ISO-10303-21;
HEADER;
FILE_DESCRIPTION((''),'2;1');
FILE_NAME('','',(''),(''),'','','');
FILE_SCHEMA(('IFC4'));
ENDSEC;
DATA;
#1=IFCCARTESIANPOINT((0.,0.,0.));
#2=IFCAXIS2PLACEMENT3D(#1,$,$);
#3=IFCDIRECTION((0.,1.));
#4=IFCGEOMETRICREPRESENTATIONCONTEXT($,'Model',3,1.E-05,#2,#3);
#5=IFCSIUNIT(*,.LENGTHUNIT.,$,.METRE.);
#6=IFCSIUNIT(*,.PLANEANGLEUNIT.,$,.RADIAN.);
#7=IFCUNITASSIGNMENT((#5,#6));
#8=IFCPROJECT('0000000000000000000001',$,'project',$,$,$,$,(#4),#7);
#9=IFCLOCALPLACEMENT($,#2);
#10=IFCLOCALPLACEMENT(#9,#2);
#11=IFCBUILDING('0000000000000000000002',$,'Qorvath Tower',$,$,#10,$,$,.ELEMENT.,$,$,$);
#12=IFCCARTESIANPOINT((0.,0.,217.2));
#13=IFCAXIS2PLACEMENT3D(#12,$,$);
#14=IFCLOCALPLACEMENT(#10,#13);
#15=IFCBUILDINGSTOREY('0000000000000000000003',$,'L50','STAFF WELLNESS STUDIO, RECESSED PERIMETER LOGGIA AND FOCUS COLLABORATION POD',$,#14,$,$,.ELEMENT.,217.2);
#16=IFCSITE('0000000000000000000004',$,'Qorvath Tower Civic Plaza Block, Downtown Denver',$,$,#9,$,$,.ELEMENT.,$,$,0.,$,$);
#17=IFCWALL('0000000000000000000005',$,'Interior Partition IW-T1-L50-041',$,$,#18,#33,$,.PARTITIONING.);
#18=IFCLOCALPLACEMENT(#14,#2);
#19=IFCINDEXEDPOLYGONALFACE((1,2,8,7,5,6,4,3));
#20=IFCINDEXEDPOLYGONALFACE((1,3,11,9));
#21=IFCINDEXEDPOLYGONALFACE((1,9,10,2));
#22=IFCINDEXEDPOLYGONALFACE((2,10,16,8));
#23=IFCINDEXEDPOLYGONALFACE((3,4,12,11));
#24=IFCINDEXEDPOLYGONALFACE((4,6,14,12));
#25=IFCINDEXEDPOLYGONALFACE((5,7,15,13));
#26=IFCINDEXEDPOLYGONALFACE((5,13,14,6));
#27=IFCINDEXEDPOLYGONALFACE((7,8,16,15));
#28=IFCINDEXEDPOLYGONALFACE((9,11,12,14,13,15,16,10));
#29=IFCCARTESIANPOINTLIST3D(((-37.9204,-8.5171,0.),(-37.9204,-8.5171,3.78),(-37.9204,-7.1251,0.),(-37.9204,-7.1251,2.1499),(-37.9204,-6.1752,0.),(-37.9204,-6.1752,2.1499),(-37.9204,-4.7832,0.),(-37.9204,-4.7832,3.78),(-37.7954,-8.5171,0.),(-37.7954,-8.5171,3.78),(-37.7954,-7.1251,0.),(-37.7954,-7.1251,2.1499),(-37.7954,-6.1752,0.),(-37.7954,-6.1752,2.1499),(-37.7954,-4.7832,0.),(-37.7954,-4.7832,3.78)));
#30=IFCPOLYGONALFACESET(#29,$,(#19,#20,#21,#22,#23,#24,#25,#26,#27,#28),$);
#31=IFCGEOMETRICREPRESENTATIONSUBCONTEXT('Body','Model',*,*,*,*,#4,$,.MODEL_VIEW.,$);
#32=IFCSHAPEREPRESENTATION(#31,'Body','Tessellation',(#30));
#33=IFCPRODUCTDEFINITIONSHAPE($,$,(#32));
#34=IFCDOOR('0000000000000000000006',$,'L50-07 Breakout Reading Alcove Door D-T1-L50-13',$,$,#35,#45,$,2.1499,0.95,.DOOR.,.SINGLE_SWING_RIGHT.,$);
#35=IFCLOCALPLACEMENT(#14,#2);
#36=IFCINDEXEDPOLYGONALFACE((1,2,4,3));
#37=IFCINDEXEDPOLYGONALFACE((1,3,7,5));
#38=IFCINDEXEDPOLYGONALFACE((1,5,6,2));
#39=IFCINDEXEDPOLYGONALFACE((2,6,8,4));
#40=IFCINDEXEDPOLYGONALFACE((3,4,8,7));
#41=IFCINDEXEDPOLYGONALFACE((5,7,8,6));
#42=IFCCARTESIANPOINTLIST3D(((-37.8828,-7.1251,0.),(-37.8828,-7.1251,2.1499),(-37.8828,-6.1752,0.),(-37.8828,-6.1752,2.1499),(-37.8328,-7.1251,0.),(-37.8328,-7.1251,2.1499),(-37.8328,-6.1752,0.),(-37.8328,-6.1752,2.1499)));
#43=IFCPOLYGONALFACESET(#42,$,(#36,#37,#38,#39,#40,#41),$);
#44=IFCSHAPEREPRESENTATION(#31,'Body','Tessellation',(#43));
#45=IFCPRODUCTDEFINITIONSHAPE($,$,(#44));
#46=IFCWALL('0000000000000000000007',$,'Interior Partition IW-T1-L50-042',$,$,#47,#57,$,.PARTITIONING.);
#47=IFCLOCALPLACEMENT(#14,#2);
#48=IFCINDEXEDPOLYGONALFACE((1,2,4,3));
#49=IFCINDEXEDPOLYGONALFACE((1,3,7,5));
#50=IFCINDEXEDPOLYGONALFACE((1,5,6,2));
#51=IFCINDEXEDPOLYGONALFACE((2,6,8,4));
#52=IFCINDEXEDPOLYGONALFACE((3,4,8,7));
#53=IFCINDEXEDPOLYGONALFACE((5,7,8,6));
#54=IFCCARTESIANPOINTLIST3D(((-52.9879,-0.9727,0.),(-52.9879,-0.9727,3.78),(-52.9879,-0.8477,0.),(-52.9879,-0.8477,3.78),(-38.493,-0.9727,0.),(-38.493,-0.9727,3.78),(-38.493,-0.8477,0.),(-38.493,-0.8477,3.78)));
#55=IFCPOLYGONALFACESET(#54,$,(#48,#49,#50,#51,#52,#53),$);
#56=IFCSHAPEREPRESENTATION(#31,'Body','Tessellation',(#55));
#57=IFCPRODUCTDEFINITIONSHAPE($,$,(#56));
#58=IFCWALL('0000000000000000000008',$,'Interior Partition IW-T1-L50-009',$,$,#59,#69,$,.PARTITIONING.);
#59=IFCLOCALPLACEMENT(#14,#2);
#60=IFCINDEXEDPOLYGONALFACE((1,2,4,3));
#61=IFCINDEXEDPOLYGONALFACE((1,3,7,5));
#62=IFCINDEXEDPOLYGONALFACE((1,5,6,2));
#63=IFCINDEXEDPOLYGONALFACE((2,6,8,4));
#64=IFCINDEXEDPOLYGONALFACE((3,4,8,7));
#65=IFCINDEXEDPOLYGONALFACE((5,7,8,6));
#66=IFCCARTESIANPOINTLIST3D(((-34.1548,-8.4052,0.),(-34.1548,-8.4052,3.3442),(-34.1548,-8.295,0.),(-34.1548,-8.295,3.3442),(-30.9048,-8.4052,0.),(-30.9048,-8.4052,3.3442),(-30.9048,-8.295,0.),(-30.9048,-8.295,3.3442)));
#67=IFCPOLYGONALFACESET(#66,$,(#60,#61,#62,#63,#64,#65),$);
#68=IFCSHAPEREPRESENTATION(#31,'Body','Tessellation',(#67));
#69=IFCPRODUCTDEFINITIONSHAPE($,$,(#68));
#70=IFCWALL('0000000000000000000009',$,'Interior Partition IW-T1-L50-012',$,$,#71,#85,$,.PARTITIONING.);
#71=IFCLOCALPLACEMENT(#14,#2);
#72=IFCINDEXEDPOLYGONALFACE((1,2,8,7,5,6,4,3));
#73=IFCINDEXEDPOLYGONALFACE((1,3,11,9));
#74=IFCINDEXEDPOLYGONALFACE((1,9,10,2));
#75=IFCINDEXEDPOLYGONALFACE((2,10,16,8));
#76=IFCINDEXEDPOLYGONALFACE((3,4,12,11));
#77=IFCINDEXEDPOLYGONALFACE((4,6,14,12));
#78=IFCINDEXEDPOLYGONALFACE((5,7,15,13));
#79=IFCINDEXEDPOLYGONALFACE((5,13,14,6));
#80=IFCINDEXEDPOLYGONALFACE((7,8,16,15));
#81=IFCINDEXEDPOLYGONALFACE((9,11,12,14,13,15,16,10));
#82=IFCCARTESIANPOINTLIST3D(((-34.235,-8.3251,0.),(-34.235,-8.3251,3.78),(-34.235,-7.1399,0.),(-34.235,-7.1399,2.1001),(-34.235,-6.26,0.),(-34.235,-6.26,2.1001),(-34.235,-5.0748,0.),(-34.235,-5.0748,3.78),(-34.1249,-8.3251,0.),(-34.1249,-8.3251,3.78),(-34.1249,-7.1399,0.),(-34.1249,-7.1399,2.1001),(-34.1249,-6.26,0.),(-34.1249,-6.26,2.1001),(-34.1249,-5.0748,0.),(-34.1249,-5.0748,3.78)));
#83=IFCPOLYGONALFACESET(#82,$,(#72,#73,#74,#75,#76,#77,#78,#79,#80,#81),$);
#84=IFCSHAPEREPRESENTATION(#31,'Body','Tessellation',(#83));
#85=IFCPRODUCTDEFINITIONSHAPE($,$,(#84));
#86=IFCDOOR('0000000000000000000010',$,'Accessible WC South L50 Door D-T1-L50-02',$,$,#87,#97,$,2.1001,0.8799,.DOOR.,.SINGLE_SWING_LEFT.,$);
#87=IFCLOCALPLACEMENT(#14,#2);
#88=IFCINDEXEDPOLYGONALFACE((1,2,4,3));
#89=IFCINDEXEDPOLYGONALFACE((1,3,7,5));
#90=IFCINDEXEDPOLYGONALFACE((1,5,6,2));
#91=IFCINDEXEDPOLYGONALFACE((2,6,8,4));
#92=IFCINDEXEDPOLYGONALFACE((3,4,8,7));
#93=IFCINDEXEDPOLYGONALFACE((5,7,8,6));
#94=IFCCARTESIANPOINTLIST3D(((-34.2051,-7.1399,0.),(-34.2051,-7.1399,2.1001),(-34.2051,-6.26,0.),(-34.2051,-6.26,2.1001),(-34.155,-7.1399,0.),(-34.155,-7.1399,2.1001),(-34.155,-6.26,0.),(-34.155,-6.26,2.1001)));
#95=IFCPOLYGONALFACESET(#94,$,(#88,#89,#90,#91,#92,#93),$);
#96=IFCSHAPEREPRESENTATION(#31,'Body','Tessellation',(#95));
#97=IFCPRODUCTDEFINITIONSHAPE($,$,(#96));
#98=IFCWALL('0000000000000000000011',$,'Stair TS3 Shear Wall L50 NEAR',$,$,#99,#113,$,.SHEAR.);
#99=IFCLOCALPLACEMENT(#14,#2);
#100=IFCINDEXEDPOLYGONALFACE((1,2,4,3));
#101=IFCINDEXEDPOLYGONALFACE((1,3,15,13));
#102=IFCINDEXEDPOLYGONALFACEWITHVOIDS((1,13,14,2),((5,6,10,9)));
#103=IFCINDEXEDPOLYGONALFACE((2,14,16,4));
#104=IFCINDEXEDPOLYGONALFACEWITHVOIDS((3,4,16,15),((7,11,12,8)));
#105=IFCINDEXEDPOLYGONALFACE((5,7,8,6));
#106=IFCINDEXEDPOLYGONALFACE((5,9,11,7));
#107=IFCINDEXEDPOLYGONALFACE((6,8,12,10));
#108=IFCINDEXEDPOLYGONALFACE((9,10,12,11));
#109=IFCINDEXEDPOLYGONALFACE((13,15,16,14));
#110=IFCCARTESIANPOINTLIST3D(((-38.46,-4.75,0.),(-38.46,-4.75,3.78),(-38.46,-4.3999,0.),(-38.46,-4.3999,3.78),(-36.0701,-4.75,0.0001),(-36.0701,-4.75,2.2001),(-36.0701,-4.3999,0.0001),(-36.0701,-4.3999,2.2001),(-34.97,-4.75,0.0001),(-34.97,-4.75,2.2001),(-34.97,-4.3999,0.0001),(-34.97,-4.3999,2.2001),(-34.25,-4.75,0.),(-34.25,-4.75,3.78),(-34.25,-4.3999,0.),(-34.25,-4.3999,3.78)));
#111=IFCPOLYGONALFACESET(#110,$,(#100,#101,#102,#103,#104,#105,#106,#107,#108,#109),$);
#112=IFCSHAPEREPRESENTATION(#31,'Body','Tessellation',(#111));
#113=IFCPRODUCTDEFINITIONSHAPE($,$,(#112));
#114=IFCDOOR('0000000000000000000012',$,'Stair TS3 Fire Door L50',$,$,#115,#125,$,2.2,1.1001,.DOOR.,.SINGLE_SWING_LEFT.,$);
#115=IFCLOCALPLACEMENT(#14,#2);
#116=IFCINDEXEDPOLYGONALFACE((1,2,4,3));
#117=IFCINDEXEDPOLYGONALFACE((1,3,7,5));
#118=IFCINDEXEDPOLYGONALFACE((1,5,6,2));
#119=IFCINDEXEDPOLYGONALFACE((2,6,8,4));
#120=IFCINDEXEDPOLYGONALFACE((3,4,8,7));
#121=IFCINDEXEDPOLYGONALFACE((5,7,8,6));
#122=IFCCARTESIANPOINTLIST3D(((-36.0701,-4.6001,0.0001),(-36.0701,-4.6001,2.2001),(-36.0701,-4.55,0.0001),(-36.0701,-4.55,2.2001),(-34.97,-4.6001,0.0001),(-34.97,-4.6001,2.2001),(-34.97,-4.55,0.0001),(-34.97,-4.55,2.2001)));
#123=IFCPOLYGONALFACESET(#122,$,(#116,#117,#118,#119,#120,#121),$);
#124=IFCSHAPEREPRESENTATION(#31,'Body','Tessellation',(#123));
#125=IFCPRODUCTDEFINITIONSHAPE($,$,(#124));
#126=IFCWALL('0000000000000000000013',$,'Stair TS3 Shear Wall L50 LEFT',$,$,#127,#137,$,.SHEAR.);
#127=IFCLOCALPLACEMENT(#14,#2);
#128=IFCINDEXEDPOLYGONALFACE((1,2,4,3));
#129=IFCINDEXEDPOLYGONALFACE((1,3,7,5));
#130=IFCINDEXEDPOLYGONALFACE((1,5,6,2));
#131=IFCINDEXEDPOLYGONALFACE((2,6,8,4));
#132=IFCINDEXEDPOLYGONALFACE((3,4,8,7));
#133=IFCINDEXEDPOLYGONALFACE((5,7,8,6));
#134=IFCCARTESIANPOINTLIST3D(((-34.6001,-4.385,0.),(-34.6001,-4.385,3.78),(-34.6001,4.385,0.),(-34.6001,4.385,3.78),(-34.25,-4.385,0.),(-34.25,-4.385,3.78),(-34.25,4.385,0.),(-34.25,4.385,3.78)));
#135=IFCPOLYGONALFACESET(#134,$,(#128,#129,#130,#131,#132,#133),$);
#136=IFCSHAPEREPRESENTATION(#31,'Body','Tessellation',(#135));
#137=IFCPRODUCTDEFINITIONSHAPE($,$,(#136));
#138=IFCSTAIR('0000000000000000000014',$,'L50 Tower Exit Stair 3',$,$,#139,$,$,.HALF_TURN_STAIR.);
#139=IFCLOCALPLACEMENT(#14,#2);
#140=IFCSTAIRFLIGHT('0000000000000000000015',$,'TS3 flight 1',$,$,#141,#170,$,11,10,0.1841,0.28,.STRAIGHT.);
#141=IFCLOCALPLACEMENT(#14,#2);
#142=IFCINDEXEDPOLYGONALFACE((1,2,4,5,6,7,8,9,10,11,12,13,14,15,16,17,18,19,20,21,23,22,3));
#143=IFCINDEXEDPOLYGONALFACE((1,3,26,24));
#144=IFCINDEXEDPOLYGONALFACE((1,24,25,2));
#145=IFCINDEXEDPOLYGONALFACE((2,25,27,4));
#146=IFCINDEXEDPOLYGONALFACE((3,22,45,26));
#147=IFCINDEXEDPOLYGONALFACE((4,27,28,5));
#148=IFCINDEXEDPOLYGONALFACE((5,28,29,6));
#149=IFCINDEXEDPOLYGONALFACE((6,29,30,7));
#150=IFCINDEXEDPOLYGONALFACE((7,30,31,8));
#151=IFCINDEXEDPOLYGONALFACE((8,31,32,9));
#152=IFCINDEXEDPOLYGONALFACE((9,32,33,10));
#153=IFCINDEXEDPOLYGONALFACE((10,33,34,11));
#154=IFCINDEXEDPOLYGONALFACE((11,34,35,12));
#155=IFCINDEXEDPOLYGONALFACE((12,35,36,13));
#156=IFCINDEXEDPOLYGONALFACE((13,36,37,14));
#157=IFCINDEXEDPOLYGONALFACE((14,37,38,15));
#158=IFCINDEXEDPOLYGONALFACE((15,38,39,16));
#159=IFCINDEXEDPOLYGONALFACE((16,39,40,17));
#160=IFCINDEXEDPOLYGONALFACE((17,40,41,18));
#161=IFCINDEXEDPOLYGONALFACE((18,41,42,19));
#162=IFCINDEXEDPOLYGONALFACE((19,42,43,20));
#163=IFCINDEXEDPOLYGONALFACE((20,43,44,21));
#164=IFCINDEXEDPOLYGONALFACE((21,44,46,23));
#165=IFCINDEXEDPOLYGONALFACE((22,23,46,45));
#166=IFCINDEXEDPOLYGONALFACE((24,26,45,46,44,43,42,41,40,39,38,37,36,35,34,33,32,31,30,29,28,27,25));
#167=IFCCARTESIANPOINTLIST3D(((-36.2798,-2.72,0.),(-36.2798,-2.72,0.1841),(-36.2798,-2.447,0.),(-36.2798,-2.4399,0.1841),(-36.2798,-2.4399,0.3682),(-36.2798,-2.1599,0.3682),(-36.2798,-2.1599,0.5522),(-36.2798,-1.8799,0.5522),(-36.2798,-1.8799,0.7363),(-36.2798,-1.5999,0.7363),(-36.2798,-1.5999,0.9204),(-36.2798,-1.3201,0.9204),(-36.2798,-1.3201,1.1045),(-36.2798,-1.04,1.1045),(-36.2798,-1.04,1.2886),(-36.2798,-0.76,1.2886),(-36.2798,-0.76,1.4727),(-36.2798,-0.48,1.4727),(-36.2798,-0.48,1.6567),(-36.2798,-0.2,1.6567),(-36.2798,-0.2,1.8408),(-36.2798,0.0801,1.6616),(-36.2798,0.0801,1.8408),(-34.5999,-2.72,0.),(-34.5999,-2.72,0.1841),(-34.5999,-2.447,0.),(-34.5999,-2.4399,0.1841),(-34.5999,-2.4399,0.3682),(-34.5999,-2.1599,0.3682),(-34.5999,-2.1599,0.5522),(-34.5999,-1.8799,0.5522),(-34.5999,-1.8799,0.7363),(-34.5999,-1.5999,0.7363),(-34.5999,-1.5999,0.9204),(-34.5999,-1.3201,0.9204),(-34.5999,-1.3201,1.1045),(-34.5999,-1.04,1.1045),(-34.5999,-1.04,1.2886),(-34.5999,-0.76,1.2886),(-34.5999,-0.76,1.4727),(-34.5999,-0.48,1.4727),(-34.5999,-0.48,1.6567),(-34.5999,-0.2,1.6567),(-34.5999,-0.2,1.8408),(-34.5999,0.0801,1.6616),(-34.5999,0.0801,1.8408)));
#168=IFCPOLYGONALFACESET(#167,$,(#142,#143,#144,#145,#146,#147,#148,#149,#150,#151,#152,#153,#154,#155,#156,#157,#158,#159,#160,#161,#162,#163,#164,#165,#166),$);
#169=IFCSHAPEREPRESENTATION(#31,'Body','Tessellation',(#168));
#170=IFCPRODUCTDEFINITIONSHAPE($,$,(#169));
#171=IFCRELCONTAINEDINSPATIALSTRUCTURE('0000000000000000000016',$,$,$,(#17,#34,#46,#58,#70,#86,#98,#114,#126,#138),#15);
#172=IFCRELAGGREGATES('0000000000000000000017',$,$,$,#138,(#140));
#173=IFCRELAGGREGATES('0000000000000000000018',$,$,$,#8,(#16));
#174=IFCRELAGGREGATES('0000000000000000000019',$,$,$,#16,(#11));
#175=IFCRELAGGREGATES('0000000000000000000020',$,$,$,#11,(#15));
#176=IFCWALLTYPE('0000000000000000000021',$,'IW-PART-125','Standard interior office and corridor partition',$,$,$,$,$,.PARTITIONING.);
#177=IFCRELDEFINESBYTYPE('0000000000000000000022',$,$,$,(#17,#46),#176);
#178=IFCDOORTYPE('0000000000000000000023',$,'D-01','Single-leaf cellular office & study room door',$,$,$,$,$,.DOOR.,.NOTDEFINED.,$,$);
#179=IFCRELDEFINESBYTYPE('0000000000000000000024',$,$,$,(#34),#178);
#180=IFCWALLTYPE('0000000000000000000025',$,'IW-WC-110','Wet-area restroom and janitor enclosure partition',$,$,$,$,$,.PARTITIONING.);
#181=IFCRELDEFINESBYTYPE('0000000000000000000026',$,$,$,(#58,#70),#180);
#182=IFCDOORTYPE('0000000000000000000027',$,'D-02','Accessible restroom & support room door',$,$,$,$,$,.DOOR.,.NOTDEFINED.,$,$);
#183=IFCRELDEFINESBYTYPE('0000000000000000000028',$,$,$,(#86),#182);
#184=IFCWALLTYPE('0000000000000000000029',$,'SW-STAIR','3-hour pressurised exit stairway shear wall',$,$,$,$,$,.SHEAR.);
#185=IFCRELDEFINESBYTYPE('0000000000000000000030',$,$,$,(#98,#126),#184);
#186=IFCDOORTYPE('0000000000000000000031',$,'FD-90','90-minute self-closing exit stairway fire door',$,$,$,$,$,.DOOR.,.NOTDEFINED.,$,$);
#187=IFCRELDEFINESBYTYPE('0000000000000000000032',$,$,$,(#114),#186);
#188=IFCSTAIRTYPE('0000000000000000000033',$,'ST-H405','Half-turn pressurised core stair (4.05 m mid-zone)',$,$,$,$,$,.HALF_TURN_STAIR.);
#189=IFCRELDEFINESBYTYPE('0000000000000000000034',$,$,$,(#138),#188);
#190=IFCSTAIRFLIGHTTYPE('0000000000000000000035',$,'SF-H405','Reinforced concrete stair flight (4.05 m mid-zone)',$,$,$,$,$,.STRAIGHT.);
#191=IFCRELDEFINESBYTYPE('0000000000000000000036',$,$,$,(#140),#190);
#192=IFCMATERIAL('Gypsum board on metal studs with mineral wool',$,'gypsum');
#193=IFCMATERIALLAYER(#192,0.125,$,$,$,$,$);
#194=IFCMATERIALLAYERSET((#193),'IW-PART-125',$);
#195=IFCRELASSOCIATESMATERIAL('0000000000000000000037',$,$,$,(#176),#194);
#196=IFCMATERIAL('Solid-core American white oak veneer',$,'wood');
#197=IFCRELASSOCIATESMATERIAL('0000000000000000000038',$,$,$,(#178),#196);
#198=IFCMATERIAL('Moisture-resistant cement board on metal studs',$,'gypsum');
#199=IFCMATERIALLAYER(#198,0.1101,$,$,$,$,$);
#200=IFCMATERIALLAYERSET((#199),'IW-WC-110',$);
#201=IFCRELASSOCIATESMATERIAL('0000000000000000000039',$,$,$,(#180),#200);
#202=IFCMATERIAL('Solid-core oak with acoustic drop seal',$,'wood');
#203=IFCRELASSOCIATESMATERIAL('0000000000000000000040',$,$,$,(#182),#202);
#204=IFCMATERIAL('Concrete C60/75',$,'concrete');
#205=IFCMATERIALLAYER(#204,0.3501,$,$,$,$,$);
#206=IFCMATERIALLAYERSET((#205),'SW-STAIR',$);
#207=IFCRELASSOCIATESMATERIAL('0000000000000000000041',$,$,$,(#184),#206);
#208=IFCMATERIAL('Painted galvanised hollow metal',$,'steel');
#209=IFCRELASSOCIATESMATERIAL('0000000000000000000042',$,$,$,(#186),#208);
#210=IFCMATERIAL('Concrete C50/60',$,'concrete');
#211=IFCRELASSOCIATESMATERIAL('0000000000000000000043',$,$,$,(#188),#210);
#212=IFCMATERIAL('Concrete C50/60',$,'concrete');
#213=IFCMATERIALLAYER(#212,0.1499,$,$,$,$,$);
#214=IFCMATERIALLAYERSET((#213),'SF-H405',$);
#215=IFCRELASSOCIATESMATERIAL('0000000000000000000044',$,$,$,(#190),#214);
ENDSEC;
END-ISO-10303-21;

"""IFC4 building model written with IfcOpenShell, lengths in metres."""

from ifc_helpers import new_model, si_unit, direction, frame, frame_2d, origin, place, context, subcontext, project, spatial, polyline, rectangle, outline, extrude, material, layer, layer_set, type_object, element, fill, aggregate, save


model = new_model("IFC4")

# Units and contexts
model_context = context("Model", 3, precision=1e-05, world=origin(), true_north=direction((0.0, 1.0)))
body_context = subcontext(model_context, "Body", "Model", "MODEL_VIEW")
ifc_project = project(units=[si_unit("LENGTHUNIT", "METRE"), si_unit("PLANEANGLEUNIT", "RADIAN")], contexts=[model_context])

# Site, building, storey
site_placement = place(None, origin())
site = spatial("IfcSite", under=ifc_project, at=site_placement, Name="Qorvath Tower Civic Plaza Block, Downtown Denver", CompositionType="ELEMENT", RefElevation=0.0)
building_placement = place(site_placement, origin())
building = spatial("IfcBuilding", under=site, at=building_placement, Name="Qorvath Tower", CompositionType="ELEMENT")
storey_placement = place(building_placement, frame((0.0, 0.0, 217.2)))
storey = spatial("IfcBuildingStorey", under=building, at=storey_placement, Name="L50", Description="STAFF WELLNESS STUDIO, RECESSED PERIMETER LOGGIA AND FOCUS COLLABORATION POD", CompositionType="ELEMENT", Elevation=217.2)

# Wall, opening, door
ifc_material_1 = material(Name="Gypsum board on metal studs with mineral wool", Category="gypsum")
ifc_layer_1 = layer(ifc_material_1, 0.125)
ifc_layer_set_1 = layer_set([ifc_layer_1], Name="IW-PART-125")
wall_type_1 = type_object("IfcWallType", Name="IW-PART-125", Description="Standard interior office and corridor partition", PredefinedType="PARTITIONING", material=ifc_layer_set_1)
wall_1_placement = place(storey_placement, frame((-37.8579, -8.5171, 0.0), z_axis=(0.0, 0.0, 1.0), x_axis=(0.0, 1.0, 0.0)))
wall_1 = element("IfcWall", 1, at=wall_1_placement, inside=storey, type_object=wall_type_1, Name="Interior Partition IW-T1-L50-041", PredefinedType="PARTITIONING", context=body_context, shape_type="SweptSolid", body=[
    extrude(rectangle(XDim=3.7339, YDim=0.125, at=frame_2d((1.8669, 0.0))), origin(), (0.0, 0.0, 1.0), 3.78),
])
opening_1_placement = place(wall_1_placement, frame((1.3918, 0.0, 0.0)))
opening_1 = element("IfcOpeningElement", 2, at=opening_1_placement, cuts=wall_1, PredefinedType="OPENING", context=body_context, shape_type="SweptSolid", body=[
    extrude(rectangle(XDim=0.95, YDim=2.1499, at=frame_2d((0.4751, 1.075))), frame((0.0, 0.0725, 0.0), z_axis=(0.0, -1.0, 0.0), x_axis=(1.0, 0.0, 0.0)), (0.0, 0.0, 1.0), 0.145),
])
ifc_material_2 = material(Name="Solid-core American white oak veneer", Category="wood")
door_type_1 = type_object("IfcDoorType", Name="D-01", Description="Single-leaf cellular office & study room door", OperationType="NOTDEFINED", PredefinedType="DOOR", material=ifc_material_2)
door_1_placement = place(opening_1_placement, origin())
door_1 = element("IfcDoor", 3, at=door_1_placement, inside=storey, type_object=door_type_1, Name="L50-07 Breakout Reading Alcove Door D-T1-L50-13", OperationType="SINGLE_SWING_RIGHT", OverallHeight=2.1499, OverallWidth=0.95, PredefinedType="DOOR", context=body_context, shape_type="SweptSolid", body=[
    extrude(rectangle(XDim=0.95, YDim=2.1499, at=frame_2d((0.4751, 1.075))), frame((0.0, 0.0249, 0.0), z_axis=(0.0, -1.0, 0.0), x_axis=(1.0, 0.0, 0.0)), (0.0, 0.0, 1.0), 0.05),
])
fill(opening_1, door_1)

# Walls
wall_2_placement = place(storey_placement, frame((-38.4929, -0.9102, 0.0), z_axis=(0.0, 0.0, 1.0), x_axis=(-1.0, 0.0, 0.0)))
element("IfcWall", 4, at=wall_2_placement, inside=storey, type_object=wall_type_1, Name="Interior Partition IW-T1-L50-042", PredefinedType="PARTITIONING", context=body_context, shape_type="SweptSolid", body=[
    extrude(rectangle(XDim=14.4949, YDim=0.125, at=frame_2d((7.2476, 0.0))), origin(), (0.0, 0.0, 1.0), 3.78),
])
ifc_material_3 = material(Name="Moisture-resistant cement board on metal studs", Category="gypsum")
ifc_layer_2 = layer(ifc_material_3, 0.1101)
ifc_layer_set_2 = layer_set([ifc_layer_2], Name="IW-WC-110")
wall_type_2 = type_object("IfcWallType", Name="IW-WC-110", Description="Wet-area restroom and janitor enclosure partition", PredefinedType="PARTITIONING", material=ifc_layer_set_2)
wall_3_placement = place(storey_placement, frame((-34.1548, -8.3501, 0.0), z_axis=(0.0, 0.0, 1.0), x_axis=(1.0, 0.0, 0.0)))
element("IfcWall", 5, at=wall_3_placement, inside=storey, type_object=wall_type_2, Name="Interior Partition IW-T1-L50-009", PredefinedType="PARTITIONING", context=body_context, shape_type="SweptSolid", body=[
    extrude(rectangle(XDim=3.25, YDim=0.1101, at=frame_2d((1.625, 0.0))), origin(), (0.0, 0.0, 1.0), 3.3442),
])

# Walls, openings, doors
wall_4_placement = place(storey_placement, frame((-34.1799, -5.075, 0.0), z_axis=(0.0, 0.0, 1.0), x_axis=(0.0, -1.0, 0.0)))
wall_4 = element("IfcWall", 6, at=wall_4_placement, inside=storey, type_object=wall_type_2, Name="Interior Partition IW-T1-L50-012", PredefinedType="PARTITIONING", context=body_context, shape_type="SweptSolid", body=[
    extrude(rectangle(XDim=3.2502, YDim=0.1101, at=frame_2d((1.625, 0.0))), origin(), (0.0, 0.0, 1.0), 3.78),
])
opening_2_placement = place(wall_4_placement, frame((1.1851, 0.0, 0.0)))
opening_2 = element("IfcOpeningElement", 7, at=opening_2_placement, cuts=wall_4, PredefinedType="OPENING", context=body_context, shape_type="SweptSolid", body=[
    extrude(rectangle(XDim=0.8799, YDim=2.1001, at=frame_2d((0.4399, 1.05))), frame((0.0, 0.0649, 0.0), z_axis=(0.0, -1.0, 0.0), x_axis=(1.0, 0.0, 0.0)), (0.0, 0.0, 1.0), 0.1301),
])
ifc_material_4 = material(Name="Solid-core oak with acoustic drop seal", Category="wood")
door_type_2 = type_object("IfcDoorType", Name="D-02", Description="Accessible restroom & support room door", OperationType="NOTDEFINED", PredefinedType="DOOR", material=ifc_material_4)
door_2_placement = place(opening_2_placement, origin())
door_2 = element("IfcDoor", 8, at=door_2_placement, inside=storey, type_object=door_type_2, Name="Accessible WC South L50 Door D-T1-L50-02", OperationType="SINGLE_SWING_LEFT", OverallHeight=2.1001, OverallWidth=0.8799, PredefinedType="DOOR", context=body_context, shape_type="SweptSolid", body=[
    extrude(rectangle(XDim=0.8799, YDim=2.1001, at=frame_2d((0.4399, 1.05))), frame((0.0, 0.0249, 0.0), z_axis=(0.0, -1.0, 0.0), x_axis=(1.0, 0.0, 0.0)), (0.0, 0.0, 1.0), 0.05),
])
fill(opening_2, door_2)
ifc_material_5 = material(Name="Concrete C60/75", Category="concrete")
ifc_layer_3 = layer(ifc_material_5, 0.3501)
ifc_layer_set_3 = layer_set([ifc_layer_3], Name="SW-STAIR")
wall_type_3 = type_object("IfcWallType", Name="SW-STAIR", Description="3-hour pressurised exit stairway shear wall", PredefinedType="SHEAR", material=ifc_layer_set_3)
wall_5_placement = place(storey_placement, frame((-38.46, -4.575, 0.0), z_axis=(0.0, 0.0, 1.0), x_axis=(1.0, 0.0, 0.0)))
wall_5 = element("IfcWall", 9, at=wall_5_placement, inside=storey, type_object=wall_type_3, Name="Stair TS3 Shear Wall L50 NEAR", PredefinedType="SHEAR", context=body_context, shape_type="SweptSolid", body=[
    extrude(rectangle(XDim=4.21, YDim=0.3501, at=frame_2d((2.105, 0.0))), origin(), (0.0, 0.0, 1.0), 3.78),
])
opening_3_placement = place(wall_5_placement, frame((2.3899, 0.0, 0.0)))
opening_3 = element("IfcOpeningElement", 10, at=opening_3_placement, cuts=wall_5, PredefinedType="OPENING", context=body_context, shape_type="SweptSolid", body=[
    extrude(rectangle(XDim=1.1001, YDim=2.2, at=frame_2d((0.55, 1.1001))), frame((0.0, 0.1851, 0.0), z_axis=(0.0, -1.0, 0.0), x_axis=(1.0, 0.0, 0.0)), (0.0, 0.0, 1.0), 0.3701),
])
ifc_material_6 = material(Name="Painted galvanised hollow metal", Category="steel")
door_type_3 = type_object("IfcDoorType", Name="FD-90", Description="90-minute self-closing exit stairway fire door", OperationType="NOTDEFINED", PredefinedType="DOOR", material=ifc_material_6)
door_3_placement = place(opening_3_placement, origin())
door_3 = element("IfcDoor", 11, at=door_3_placement, inside=storey, type_object=door_type_3, Name="Stair TS3 Fire Door L50", OperationType="SINGLE_SWING_LEFT", OverallHeight=2.2, OverallWidth=1.1001, PredefinedType="DOOR", context=body_context, shape_type="SweptSolid", body=[
    extrude(rectangle(XDim=1.1001, YDim=2.2, at=frame_2d((0.55, 1.1001))), frame((0.0, 0.0249, 0.0), z_axis=(0.0, -1.0, 0.0), x_axis=(1.0, 0.0, 0.0)), (0.0, 0.0, 1.0), 0.05),
])
fill(opening_3, door_3)

# Wall
wall_6_placement = place(storey_placement, frame((-34.425, -4.385, 0.0), z_axis=(0.0, 0.0, 1.0), x_axis=(0.0, 1.0, 0.0)))
element("IfcWall", 12, at=wall_6_placement, inside=storey, type_object=wall_type_3, Name="Stair TS3 Shear Wall L50 LEFT", PredefinedType="SHEAR", context=body_context, shape_type="SweptSolid", body=[
    extrude(rectangle(XDim=8.77, YDim=0.3501, at=frame_2d((4.385, 0.0))), origin(), (0.0, 0.0, 1.0), 3.78),
])

# Stair, stair flight
ifc_material_7 = material(Name="Concrete C50/60", Category="concrete")
stair_type = type_object("IfcStairType", Name="ST-H405", Description="Half-turn pressurised core stair (4.05 m mid-zone)", PredefinedType="HALF_TURN_STAIR", material=ifc_material_7)
stair_placement = place(storey_placement, origin())
stair = element("IfcStair", 13, at=stair_placement, inside=storey, type_object=stair_type, Name="L50 Tower Exit Stair 3", PredefinedType="HALF_TURN_STAIR")
ifc_material_8 = material(Name="Concrete C50/60", Category="concrete")
ifc_layer_4 = layer(ifc_material_8, 0.1499)
ifc_layer_set_4 = layer_set([ifc_layer_4], Name="SF-H405")
stair_flight_type = type_object("IfcStairFlightType", Name="SF-H405", Description="Reinforced concrete stair flight (4.05 m mid-zone)", PredefinedType="STRAIGHT", material=ifc_layer_set_4)
stair_flight_placement = place(storey_placement, frame((-35.4399, -2.72, 0.0), z_axis=(0.0, 0.0, 1.0), x_axis=(0.0, 1.0, 0.0)))
stair_flight = element("IfcStairFlight", 14, at=stair_flight_placement, type_object=stair_flight_type, Name="TS3 flight 1", NumberOfRisers=11, NumberOfTreads=10, PredefinedType="STRAIGHT", RiserHeight=0.1841, TreadLength=0.28, context=body_context, shape_type="SweptSolid", body=[
    extrude(outline(polyline([(0.0, 0.0), (0.0, 0.1841), (0.28, 0.1841), (0.28, 0.3682), (0.5601, 0.3682), (0.5601, 0.5522), (0.8401, 0.5522), (0.8401, 0.7363), (1.1201, 0.7363), (1.1201, 0.9204), (1.3999, 0.9204), (1.3999, 1.1045), (1.6799, 1.1045), (1.6799, 1.2886), (1.96, 1.2886), (1.96, 1.4727), (2.24, 1.4727), (2.24, 1.6567), (2.52, 1.6567), (2.52, 1.8408), (2.8, 1.8408), (2.8, 2.0249), (2.8, 1.6616), (0.2729, 0.0), (0.0, 0.0)])), frame((0.0, 0.8398, 0.0), z_axis=(0.0, -1.0, 0.0), x_axis=(1.0, 0.0, 0.0)), (0.0, 0.0, 1.0), 1.6799),
])
aggregate(stair, [stair_flight])

save(model, "model.ifc")
